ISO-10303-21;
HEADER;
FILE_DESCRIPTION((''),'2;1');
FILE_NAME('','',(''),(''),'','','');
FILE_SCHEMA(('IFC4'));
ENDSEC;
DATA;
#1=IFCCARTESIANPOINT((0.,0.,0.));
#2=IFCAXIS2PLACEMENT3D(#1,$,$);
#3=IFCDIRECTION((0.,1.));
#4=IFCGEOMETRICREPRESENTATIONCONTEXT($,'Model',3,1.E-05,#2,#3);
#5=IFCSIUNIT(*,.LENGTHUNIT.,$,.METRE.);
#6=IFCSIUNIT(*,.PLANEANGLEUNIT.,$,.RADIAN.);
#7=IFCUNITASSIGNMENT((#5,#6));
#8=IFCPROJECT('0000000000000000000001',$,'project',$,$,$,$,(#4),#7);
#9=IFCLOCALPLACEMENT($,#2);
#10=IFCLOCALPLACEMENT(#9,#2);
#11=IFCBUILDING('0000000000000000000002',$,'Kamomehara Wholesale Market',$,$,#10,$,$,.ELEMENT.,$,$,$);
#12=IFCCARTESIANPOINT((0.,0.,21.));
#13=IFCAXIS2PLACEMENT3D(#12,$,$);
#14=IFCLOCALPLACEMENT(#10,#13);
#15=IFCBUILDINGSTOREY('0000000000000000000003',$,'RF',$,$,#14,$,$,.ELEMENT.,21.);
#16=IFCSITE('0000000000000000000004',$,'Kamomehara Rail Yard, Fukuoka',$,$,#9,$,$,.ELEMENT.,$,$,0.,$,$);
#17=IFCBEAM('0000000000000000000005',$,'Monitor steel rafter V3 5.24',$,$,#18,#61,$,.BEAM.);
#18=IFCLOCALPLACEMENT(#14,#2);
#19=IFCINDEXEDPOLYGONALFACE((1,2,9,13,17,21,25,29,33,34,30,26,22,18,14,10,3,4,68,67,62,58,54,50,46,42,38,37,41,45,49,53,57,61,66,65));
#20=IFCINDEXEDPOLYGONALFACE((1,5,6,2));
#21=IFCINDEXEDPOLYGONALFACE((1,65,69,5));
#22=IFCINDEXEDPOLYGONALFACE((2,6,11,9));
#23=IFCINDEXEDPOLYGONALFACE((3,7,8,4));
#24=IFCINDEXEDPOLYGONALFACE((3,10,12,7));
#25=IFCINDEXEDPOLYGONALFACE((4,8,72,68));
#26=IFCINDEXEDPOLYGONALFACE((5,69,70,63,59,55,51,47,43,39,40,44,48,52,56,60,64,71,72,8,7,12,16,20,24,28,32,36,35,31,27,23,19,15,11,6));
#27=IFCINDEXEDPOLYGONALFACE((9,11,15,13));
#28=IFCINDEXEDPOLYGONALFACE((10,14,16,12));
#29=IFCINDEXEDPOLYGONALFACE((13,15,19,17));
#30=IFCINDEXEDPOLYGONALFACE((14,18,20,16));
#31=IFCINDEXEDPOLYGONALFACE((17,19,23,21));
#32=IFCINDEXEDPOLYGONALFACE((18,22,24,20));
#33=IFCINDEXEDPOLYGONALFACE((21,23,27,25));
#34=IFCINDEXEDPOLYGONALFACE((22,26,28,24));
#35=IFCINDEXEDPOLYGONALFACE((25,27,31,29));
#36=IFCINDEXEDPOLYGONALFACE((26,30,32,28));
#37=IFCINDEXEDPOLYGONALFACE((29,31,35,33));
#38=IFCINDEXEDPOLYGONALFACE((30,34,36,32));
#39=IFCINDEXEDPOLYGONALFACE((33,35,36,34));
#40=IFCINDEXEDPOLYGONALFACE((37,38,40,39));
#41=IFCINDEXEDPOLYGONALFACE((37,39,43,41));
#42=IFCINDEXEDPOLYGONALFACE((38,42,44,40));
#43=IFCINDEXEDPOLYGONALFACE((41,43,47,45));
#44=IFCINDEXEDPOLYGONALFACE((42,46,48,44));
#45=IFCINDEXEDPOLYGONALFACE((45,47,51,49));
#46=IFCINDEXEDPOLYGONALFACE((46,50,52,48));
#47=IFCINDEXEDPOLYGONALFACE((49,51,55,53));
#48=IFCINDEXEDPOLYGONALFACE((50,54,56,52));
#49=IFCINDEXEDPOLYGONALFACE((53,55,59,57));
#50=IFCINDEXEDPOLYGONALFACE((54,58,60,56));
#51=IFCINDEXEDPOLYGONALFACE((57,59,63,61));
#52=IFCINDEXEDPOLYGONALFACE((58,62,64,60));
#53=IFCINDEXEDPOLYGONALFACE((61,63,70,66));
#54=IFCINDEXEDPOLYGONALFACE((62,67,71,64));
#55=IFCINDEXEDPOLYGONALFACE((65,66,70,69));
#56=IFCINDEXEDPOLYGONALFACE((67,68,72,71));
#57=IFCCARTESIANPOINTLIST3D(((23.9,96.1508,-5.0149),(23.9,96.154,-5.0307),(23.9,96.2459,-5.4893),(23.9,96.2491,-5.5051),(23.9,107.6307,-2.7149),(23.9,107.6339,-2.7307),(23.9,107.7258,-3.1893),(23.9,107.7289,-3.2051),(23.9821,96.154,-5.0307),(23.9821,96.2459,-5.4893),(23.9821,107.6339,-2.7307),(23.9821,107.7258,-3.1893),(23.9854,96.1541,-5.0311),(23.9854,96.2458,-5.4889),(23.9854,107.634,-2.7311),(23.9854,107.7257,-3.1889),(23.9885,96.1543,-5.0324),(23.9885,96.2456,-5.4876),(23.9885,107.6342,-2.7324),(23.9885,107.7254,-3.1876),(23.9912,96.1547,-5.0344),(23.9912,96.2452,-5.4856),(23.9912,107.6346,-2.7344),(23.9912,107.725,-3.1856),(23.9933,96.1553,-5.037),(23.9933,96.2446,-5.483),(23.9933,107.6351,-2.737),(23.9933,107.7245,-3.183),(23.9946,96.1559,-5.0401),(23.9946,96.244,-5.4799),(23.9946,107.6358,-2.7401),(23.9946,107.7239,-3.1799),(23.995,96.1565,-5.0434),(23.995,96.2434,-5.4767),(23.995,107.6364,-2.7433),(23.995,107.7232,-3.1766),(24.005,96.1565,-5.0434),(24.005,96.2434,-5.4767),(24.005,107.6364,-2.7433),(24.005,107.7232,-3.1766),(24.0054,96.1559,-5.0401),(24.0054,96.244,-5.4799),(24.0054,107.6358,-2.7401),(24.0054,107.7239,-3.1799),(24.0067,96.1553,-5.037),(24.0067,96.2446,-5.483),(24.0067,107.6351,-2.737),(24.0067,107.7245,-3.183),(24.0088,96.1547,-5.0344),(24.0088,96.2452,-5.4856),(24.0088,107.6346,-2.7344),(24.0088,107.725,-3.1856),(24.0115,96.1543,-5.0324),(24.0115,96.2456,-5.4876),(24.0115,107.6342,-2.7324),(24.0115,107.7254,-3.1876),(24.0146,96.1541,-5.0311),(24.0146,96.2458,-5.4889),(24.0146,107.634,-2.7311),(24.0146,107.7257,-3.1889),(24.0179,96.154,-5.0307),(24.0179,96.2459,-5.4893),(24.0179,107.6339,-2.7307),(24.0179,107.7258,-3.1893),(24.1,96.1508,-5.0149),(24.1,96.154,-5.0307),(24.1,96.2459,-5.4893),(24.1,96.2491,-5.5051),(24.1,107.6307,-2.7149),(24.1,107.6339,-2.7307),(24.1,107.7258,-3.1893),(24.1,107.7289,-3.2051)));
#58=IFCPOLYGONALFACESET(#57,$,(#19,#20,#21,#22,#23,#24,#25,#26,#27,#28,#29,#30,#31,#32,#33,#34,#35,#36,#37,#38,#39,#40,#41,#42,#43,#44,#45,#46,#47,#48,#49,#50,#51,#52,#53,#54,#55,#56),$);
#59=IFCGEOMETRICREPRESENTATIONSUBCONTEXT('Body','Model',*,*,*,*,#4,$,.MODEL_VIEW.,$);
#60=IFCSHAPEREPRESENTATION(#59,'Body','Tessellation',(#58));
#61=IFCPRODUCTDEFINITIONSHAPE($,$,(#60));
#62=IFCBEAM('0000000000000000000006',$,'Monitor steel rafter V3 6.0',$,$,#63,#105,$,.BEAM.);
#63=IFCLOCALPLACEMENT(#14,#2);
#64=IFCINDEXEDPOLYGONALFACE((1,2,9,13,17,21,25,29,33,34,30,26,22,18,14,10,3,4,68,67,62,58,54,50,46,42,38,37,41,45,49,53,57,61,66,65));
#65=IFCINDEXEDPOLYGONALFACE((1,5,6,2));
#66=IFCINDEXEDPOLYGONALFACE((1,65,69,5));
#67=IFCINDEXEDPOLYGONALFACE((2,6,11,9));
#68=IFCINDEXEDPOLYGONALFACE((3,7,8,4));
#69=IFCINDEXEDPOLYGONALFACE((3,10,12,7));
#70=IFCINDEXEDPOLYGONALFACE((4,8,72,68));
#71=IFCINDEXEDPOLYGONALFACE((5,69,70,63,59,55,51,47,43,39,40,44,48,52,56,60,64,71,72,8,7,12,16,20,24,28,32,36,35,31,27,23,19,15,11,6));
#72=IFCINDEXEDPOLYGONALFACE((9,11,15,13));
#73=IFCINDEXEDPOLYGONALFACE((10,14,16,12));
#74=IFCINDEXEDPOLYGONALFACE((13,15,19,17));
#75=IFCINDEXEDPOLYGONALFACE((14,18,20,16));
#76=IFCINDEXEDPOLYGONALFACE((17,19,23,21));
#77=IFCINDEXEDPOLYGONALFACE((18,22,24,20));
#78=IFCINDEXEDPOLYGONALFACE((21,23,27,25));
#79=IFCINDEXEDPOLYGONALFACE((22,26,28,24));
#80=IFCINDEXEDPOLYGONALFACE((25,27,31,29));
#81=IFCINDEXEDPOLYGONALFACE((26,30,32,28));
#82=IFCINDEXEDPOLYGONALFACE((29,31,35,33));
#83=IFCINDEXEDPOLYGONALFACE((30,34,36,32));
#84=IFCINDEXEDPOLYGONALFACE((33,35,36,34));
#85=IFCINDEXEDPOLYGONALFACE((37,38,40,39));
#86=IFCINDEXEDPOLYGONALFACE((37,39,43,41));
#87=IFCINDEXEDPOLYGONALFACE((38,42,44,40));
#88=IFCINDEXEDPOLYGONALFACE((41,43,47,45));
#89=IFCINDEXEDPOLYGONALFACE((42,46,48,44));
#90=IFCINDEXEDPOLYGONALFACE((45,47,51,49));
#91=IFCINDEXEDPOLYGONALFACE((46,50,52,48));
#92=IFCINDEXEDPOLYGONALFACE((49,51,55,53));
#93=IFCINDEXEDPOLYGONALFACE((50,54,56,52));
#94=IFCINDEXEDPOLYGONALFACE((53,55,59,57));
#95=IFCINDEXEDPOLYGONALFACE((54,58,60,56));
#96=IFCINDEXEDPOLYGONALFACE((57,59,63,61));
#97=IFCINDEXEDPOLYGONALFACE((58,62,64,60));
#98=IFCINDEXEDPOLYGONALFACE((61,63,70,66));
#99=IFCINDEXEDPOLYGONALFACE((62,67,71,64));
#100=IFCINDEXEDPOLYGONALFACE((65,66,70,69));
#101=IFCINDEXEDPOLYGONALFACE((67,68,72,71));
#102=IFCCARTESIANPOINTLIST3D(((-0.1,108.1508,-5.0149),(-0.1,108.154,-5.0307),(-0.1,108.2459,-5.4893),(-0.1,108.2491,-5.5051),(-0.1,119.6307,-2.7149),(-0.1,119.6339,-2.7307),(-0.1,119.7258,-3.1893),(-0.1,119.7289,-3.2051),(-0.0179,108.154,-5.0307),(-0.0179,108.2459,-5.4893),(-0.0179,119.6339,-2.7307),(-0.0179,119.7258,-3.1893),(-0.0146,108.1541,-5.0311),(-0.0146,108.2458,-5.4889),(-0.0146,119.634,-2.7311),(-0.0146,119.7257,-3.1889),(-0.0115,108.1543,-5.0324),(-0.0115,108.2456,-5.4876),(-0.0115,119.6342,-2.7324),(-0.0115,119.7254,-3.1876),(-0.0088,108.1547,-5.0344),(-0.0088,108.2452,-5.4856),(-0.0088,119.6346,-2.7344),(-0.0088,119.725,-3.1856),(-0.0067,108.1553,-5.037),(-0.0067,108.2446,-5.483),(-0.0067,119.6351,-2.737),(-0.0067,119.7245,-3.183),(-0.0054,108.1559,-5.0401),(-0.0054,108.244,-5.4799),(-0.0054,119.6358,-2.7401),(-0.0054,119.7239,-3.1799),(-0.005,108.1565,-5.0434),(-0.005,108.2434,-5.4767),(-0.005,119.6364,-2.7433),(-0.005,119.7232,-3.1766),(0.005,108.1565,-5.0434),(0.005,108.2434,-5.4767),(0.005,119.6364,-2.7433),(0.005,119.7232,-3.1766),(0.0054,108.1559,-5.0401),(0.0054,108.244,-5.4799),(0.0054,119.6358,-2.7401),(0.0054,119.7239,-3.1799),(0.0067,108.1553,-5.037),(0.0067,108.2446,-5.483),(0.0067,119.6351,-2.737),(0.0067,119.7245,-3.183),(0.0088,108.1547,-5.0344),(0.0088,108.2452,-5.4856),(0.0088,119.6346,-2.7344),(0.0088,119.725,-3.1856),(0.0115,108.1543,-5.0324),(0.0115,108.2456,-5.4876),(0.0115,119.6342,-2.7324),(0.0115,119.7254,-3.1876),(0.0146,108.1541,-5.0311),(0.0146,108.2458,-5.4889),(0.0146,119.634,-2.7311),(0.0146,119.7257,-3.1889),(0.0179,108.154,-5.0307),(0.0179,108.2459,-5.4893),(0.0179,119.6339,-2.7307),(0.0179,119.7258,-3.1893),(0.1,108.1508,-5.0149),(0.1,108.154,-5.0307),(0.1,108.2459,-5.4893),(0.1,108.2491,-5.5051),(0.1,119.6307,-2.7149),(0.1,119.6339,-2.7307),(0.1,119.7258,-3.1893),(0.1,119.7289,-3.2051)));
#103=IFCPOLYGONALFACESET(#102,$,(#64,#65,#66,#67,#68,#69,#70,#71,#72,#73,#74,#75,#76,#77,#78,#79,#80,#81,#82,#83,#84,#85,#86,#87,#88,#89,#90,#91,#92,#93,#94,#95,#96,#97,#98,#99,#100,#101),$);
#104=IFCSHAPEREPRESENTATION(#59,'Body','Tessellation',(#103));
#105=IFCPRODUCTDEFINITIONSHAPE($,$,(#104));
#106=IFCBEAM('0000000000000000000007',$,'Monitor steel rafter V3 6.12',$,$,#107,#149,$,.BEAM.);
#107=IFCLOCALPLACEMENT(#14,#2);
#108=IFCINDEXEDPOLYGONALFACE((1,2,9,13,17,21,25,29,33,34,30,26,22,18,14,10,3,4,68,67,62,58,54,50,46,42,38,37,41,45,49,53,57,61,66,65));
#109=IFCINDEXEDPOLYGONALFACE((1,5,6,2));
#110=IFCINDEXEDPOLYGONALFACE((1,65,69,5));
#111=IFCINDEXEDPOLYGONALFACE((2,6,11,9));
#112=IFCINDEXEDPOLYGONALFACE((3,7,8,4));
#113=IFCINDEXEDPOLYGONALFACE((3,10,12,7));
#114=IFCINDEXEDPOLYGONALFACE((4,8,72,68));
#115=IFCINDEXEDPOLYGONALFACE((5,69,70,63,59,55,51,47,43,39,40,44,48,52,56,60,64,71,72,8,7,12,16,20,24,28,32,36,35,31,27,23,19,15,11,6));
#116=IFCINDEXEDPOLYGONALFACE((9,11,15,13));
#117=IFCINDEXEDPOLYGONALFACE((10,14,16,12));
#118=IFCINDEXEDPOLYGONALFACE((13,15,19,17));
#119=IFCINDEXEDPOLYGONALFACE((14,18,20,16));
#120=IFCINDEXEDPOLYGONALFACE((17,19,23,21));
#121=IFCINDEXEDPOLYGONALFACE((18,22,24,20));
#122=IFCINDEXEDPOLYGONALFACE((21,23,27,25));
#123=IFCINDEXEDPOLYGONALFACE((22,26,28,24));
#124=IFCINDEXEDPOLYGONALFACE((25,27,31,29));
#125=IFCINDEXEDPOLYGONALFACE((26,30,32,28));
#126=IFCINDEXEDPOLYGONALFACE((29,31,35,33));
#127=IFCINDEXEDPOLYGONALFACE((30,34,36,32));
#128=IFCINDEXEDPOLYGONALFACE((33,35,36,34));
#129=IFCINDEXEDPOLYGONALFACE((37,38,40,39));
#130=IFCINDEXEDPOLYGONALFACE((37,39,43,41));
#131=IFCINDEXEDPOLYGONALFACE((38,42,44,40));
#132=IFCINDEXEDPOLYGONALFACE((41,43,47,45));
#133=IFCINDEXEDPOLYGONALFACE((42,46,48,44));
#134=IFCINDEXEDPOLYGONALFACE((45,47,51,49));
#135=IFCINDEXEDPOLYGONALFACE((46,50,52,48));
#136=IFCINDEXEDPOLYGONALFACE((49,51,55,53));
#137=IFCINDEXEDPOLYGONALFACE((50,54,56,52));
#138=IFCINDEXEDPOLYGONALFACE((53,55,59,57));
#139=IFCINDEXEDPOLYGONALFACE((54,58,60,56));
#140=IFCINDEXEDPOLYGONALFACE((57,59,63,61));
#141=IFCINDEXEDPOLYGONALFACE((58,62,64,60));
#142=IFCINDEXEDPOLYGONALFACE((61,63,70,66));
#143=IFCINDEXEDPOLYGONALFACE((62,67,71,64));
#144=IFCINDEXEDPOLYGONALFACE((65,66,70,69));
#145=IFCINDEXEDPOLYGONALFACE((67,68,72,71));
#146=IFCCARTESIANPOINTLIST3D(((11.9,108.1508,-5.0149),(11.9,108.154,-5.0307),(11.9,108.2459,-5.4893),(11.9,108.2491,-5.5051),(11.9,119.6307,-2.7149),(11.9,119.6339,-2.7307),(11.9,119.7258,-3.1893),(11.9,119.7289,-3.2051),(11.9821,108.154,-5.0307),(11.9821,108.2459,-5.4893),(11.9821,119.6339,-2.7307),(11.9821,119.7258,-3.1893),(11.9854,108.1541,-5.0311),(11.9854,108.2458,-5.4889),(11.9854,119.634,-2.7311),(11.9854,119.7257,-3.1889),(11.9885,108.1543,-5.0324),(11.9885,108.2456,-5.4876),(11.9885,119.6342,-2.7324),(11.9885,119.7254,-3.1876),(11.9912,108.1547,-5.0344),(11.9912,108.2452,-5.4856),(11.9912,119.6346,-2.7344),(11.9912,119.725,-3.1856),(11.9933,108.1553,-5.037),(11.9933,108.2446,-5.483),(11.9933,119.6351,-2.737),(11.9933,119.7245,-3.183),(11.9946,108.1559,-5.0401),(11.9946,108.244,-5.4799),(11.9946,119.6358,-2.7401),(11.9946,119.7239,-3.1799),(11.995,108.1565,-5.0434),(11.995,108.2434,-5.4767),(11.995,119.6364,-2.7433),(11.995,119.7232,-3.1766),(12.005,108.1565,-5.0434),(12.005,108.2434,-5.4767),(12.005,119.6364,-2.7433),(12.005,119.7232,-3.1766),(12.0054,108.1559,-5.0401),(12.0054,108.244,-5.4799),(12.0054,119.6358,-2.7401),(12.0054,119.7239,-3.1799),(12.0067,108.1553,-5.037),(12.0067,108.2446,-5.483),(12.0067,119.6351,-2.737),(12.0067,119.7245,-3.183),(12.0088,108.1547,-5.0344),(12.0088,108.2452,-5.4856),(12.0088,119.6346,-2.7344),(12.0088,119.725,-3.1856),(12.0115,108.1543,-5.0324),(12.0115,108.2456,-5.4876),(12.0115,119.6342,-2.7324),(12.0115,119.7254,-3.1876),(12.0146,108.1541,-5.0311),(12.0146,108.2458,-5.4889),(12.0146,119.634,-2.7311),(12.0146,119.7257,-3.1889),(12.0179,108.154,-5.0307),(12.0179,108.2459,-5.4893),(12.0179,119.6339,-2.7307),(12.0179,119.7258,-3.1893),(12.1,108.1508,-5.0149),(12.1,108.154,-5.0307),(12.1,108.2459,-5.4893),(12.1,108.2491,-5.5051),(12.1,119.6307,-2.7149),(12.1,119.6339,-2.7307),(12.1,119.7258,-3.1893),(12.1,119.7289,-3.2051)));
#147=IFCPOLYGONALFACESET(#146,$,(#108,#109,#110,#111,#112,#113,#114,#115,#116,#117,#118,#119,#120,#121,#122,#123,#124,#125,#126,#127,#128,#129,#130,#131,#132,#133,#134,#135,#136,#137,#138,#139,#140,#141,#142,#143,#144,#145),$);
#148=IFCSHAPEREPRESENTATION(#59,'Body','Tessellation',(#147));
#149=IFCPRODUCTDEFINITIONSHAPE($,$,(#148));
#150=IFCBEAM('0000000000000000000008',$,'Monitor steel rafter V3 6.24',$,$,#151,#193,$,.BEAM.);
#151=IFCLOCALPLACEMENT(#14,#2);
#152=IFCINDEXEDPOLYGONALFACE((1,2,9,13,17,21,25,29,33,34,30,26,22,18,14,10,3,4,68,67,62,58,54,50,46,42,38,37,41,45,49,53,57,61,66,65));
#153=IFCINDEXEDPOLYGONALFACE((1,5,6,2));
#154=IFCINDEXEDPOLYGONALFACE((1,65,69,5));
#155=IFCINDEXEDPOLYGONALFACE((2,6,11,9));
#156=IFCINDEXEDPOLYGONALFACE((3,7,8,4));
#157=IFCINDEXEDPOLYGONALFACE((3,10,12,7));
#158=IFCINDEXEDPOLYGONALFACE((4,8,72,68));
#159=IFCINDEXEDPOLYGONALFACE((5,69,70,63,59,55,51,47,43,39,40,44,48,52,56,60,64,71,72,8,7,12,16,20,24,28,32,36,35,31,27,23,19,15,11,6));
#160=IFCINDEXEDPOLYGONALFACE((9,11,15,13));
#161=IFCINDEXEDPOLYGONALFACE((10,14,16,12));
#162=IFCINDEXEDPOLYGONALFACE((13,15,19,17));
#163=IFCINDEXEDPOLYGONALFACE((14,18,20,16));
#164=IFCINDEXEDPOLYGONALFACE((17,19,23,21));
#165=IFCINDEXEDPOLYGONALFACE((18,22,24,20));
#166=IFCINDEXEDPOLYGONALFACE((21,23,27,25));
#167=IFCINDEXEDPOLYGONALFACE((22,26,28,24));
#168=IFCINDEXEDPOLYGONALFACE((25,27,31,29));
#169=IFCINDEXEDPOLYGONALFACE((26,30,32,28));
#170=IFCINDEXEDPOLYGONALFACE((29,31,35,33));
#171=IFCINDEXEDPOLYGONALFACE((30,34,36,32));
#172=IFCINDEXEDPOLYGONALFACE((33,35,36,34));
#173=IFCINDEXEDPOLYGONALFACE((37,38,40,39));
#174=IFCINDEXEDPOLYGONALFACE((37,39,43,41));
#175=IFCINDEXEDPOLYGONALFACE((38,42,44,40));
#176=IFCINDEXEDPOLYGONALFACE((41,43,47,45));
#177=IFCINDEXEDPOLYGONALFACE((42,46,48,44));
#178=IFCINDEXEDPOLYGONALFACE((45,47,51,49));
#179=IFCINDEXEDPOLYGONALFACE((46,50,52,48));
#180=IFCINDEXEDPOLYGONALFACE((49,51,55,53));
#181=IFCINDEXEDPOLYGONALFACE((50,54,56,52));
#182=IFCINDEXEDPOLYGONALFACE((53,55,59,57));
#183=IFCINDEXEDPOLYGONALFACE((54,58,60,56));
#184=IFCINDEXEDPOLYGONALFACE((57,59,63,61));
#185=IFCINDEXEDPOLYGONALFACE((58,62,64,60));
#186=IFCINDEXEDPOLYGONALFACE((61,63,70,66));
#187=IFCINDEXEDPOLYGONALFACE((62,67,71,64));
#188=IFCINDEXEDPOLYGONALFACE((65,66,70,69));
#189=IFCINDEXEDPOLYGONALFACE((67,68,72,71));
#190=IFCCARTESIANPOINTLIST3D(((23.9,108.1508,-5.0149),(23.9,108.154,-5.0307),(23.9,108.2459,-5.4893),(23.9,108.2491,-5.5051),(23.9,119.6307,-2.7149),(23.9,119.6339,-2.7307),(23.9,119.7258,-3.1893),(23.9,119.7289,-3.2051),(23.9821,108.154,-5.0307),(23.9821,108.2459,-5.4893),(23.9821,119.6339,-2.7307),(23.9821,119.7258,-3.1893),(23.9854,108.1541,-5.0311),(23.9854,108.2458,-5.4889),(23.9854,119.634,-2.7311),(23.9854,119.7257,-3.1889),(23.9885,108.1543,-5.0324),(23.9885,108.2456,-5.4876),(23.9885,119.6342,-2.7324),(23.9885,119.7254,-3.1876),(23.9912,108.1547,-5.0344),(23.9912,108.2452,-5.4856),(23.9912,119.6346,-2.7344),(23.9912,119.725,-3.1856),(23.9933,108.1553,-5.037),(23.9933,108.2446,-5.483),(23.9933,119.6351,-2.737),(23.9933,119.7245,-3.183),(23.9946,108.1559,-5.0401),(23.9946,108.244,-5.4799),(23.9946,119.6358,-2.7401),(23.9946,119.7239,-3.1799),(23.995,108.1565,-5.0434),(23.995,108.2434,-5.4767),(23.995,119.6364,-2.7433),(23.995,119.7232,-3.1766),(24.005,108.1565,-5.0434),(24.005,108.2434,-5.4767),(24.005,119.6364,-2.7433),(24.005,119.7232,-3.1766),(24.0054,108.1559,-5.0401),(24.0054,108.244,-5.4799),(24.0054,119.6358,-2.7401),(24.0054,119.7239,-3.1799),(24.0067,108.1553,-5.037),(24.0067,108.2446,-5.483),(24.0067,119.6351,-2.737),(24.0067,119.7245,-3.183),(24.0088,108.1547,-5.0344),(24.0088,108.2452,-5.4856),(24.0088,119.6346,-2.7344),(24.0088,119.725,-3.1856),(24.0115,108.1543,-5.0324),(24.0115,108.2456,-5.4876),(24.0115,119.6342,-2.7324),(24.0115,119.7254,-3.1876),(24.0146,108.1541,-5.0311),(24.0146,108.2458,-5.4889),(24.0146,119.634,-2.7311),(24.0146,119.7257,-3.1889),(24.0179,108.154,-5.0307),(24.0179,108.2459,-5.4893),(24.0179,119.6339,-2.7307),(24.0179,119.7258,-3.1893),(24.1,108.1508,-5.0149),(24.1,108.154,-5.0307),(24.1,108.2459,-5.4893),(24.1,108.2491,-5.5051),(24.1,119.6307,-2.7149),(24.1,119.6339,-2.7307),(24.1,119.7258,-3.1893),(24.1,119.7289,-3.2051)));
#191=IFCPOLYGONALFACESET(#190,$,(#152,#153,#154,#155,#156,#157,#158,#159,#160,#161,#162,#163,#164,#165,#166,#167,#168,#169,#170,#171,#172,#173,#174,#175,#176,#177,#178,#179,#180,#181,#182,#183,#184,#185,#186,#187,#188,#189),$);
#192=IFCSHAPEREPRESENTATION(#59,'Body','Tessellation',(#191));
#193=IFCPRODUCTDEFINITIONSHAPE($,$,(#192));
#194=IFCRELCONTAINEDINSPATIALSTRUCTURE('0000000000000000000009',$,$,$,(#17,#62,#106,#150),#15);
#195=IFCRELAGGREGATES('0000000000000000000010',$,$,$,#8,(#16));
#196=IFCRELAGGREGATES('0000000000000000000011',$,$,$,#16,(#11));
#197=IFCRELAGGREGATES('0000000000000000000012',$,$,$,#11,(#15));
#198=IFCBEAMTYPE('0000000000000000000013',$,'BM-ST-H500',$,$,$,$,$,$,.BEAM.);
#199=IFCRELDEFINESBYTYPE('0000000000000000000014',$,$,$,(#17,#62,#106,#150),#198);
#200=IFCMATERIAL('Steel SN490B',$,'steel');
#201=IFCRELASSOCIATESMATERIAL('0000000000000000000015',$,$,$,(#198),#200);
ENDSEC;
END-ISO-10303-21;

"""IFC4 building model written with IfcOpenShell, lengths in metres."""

from ifc_helpers import new_model, si_unit, direction, frame, origin, origin_2d, place, context, subcontext, project, spatial, i_section, extrude, material, material_profile, profile_set, type_object, element, save


model = new_model("IFC4")

# Units and contexts
model_context = context("Model", 3, precision=1e-05, world=origin(), true_north=direction((0.0, 1.0)))
body_context = subcontext(model_context, "Body", "Model", "MODEL_VIEW")
ifc_project = project(units=[si_unit("LENGTHUNIT", "METRE"), si_unit("PLANEANGLEUNIT", "RADIAN")], contexts=[model_context])

# Site, building, storey
site_placement = place(None, origin())
site = spatial("IfcSite", under=ifc_project, at=site_placement, Name="Kamomehara Rail Yard, Fukuoka", CompositionType="ELEMENT", RefElevation=0.0)
building_placement = place(site_placement, origin())
building = spatial("IfcBuilding", under=site, at=building_placement, Name="Kamomehara Wholesale Market", CompositionType="ELEMENT")
storey_placement = place(building_placement, frame((0.0, 0.0, 21.0)))
storey = spatial("IfcBuildingStorey", under=building, at=storey_placement, Name="RF", CompositionType="ELEMENT", Elevation=21.0)

# Beams
ifc_material_1 = material(Name="Steel SN490B", Category="steel")
ifc_material_profile_1 = material_profile(ifc_material_1, i_section(OverallWidth=0.2, OverallDepth=0.5, WebThickness=0.01, FlangeThickness=0.0161, FilletRadius=0.0129, at=origin_2d()), Name="H-500x200x10x16")
ifc_profile_set_1 = profile_set([ifc_material_profile_1], Name="Steel SN490B")
beam_type_1 = type_object("IfcBeamType", Name="BM-ST-H500", PredefinedType="BEAM", material=ifc_profile_set_1)
for number, where, z_axis, x_axis, name in (
    (1, (24.0, 96.2, -5.26), (0.0, 0.980514, 0.196449), (-1.0, 0.0, 0.0), "Monitor steel rafter V3 5.24"),
    (2, (0.0, 108.2, -5.26), (0.0, 0.980514, 0.196449), (-1.0, 0.0, 0.0), "Monitor steel rafter V3 6.0"),
    (3, (12.0, 108.2, -5.26), (0.0, 0.980514, 0.196449), (-1.0, 0.0, 0.0), "Monitor steel rafter V3 6.12"),
    (4, (24.0, 108.2, -5.26), (0.0, 0.980514, 0.196449), (-1.0, 0.0, 0.0), "Monitor steel rafter V3 6.24"),
):
    element("IfcBeam", number, at=place(storey_placement, frame(where, z_axis=z_axis, x_axis=x_axis)), inside=storey, type_object=beam_type_1, Name=name, PredefinedType="BEAM", context=body_context, shape_type="SweptSolid", body=[
        extrude(i_section(OverallWidth=0.2, OverallDepth=0.5, WebThickness=0.01, FlangeThickness=0.0161, FilletRadius=0.0129, at=origin_2d()), origin(), (0.0, 0.0, 1.0), 11.708),
    ])

save(model, "model.ifc")
